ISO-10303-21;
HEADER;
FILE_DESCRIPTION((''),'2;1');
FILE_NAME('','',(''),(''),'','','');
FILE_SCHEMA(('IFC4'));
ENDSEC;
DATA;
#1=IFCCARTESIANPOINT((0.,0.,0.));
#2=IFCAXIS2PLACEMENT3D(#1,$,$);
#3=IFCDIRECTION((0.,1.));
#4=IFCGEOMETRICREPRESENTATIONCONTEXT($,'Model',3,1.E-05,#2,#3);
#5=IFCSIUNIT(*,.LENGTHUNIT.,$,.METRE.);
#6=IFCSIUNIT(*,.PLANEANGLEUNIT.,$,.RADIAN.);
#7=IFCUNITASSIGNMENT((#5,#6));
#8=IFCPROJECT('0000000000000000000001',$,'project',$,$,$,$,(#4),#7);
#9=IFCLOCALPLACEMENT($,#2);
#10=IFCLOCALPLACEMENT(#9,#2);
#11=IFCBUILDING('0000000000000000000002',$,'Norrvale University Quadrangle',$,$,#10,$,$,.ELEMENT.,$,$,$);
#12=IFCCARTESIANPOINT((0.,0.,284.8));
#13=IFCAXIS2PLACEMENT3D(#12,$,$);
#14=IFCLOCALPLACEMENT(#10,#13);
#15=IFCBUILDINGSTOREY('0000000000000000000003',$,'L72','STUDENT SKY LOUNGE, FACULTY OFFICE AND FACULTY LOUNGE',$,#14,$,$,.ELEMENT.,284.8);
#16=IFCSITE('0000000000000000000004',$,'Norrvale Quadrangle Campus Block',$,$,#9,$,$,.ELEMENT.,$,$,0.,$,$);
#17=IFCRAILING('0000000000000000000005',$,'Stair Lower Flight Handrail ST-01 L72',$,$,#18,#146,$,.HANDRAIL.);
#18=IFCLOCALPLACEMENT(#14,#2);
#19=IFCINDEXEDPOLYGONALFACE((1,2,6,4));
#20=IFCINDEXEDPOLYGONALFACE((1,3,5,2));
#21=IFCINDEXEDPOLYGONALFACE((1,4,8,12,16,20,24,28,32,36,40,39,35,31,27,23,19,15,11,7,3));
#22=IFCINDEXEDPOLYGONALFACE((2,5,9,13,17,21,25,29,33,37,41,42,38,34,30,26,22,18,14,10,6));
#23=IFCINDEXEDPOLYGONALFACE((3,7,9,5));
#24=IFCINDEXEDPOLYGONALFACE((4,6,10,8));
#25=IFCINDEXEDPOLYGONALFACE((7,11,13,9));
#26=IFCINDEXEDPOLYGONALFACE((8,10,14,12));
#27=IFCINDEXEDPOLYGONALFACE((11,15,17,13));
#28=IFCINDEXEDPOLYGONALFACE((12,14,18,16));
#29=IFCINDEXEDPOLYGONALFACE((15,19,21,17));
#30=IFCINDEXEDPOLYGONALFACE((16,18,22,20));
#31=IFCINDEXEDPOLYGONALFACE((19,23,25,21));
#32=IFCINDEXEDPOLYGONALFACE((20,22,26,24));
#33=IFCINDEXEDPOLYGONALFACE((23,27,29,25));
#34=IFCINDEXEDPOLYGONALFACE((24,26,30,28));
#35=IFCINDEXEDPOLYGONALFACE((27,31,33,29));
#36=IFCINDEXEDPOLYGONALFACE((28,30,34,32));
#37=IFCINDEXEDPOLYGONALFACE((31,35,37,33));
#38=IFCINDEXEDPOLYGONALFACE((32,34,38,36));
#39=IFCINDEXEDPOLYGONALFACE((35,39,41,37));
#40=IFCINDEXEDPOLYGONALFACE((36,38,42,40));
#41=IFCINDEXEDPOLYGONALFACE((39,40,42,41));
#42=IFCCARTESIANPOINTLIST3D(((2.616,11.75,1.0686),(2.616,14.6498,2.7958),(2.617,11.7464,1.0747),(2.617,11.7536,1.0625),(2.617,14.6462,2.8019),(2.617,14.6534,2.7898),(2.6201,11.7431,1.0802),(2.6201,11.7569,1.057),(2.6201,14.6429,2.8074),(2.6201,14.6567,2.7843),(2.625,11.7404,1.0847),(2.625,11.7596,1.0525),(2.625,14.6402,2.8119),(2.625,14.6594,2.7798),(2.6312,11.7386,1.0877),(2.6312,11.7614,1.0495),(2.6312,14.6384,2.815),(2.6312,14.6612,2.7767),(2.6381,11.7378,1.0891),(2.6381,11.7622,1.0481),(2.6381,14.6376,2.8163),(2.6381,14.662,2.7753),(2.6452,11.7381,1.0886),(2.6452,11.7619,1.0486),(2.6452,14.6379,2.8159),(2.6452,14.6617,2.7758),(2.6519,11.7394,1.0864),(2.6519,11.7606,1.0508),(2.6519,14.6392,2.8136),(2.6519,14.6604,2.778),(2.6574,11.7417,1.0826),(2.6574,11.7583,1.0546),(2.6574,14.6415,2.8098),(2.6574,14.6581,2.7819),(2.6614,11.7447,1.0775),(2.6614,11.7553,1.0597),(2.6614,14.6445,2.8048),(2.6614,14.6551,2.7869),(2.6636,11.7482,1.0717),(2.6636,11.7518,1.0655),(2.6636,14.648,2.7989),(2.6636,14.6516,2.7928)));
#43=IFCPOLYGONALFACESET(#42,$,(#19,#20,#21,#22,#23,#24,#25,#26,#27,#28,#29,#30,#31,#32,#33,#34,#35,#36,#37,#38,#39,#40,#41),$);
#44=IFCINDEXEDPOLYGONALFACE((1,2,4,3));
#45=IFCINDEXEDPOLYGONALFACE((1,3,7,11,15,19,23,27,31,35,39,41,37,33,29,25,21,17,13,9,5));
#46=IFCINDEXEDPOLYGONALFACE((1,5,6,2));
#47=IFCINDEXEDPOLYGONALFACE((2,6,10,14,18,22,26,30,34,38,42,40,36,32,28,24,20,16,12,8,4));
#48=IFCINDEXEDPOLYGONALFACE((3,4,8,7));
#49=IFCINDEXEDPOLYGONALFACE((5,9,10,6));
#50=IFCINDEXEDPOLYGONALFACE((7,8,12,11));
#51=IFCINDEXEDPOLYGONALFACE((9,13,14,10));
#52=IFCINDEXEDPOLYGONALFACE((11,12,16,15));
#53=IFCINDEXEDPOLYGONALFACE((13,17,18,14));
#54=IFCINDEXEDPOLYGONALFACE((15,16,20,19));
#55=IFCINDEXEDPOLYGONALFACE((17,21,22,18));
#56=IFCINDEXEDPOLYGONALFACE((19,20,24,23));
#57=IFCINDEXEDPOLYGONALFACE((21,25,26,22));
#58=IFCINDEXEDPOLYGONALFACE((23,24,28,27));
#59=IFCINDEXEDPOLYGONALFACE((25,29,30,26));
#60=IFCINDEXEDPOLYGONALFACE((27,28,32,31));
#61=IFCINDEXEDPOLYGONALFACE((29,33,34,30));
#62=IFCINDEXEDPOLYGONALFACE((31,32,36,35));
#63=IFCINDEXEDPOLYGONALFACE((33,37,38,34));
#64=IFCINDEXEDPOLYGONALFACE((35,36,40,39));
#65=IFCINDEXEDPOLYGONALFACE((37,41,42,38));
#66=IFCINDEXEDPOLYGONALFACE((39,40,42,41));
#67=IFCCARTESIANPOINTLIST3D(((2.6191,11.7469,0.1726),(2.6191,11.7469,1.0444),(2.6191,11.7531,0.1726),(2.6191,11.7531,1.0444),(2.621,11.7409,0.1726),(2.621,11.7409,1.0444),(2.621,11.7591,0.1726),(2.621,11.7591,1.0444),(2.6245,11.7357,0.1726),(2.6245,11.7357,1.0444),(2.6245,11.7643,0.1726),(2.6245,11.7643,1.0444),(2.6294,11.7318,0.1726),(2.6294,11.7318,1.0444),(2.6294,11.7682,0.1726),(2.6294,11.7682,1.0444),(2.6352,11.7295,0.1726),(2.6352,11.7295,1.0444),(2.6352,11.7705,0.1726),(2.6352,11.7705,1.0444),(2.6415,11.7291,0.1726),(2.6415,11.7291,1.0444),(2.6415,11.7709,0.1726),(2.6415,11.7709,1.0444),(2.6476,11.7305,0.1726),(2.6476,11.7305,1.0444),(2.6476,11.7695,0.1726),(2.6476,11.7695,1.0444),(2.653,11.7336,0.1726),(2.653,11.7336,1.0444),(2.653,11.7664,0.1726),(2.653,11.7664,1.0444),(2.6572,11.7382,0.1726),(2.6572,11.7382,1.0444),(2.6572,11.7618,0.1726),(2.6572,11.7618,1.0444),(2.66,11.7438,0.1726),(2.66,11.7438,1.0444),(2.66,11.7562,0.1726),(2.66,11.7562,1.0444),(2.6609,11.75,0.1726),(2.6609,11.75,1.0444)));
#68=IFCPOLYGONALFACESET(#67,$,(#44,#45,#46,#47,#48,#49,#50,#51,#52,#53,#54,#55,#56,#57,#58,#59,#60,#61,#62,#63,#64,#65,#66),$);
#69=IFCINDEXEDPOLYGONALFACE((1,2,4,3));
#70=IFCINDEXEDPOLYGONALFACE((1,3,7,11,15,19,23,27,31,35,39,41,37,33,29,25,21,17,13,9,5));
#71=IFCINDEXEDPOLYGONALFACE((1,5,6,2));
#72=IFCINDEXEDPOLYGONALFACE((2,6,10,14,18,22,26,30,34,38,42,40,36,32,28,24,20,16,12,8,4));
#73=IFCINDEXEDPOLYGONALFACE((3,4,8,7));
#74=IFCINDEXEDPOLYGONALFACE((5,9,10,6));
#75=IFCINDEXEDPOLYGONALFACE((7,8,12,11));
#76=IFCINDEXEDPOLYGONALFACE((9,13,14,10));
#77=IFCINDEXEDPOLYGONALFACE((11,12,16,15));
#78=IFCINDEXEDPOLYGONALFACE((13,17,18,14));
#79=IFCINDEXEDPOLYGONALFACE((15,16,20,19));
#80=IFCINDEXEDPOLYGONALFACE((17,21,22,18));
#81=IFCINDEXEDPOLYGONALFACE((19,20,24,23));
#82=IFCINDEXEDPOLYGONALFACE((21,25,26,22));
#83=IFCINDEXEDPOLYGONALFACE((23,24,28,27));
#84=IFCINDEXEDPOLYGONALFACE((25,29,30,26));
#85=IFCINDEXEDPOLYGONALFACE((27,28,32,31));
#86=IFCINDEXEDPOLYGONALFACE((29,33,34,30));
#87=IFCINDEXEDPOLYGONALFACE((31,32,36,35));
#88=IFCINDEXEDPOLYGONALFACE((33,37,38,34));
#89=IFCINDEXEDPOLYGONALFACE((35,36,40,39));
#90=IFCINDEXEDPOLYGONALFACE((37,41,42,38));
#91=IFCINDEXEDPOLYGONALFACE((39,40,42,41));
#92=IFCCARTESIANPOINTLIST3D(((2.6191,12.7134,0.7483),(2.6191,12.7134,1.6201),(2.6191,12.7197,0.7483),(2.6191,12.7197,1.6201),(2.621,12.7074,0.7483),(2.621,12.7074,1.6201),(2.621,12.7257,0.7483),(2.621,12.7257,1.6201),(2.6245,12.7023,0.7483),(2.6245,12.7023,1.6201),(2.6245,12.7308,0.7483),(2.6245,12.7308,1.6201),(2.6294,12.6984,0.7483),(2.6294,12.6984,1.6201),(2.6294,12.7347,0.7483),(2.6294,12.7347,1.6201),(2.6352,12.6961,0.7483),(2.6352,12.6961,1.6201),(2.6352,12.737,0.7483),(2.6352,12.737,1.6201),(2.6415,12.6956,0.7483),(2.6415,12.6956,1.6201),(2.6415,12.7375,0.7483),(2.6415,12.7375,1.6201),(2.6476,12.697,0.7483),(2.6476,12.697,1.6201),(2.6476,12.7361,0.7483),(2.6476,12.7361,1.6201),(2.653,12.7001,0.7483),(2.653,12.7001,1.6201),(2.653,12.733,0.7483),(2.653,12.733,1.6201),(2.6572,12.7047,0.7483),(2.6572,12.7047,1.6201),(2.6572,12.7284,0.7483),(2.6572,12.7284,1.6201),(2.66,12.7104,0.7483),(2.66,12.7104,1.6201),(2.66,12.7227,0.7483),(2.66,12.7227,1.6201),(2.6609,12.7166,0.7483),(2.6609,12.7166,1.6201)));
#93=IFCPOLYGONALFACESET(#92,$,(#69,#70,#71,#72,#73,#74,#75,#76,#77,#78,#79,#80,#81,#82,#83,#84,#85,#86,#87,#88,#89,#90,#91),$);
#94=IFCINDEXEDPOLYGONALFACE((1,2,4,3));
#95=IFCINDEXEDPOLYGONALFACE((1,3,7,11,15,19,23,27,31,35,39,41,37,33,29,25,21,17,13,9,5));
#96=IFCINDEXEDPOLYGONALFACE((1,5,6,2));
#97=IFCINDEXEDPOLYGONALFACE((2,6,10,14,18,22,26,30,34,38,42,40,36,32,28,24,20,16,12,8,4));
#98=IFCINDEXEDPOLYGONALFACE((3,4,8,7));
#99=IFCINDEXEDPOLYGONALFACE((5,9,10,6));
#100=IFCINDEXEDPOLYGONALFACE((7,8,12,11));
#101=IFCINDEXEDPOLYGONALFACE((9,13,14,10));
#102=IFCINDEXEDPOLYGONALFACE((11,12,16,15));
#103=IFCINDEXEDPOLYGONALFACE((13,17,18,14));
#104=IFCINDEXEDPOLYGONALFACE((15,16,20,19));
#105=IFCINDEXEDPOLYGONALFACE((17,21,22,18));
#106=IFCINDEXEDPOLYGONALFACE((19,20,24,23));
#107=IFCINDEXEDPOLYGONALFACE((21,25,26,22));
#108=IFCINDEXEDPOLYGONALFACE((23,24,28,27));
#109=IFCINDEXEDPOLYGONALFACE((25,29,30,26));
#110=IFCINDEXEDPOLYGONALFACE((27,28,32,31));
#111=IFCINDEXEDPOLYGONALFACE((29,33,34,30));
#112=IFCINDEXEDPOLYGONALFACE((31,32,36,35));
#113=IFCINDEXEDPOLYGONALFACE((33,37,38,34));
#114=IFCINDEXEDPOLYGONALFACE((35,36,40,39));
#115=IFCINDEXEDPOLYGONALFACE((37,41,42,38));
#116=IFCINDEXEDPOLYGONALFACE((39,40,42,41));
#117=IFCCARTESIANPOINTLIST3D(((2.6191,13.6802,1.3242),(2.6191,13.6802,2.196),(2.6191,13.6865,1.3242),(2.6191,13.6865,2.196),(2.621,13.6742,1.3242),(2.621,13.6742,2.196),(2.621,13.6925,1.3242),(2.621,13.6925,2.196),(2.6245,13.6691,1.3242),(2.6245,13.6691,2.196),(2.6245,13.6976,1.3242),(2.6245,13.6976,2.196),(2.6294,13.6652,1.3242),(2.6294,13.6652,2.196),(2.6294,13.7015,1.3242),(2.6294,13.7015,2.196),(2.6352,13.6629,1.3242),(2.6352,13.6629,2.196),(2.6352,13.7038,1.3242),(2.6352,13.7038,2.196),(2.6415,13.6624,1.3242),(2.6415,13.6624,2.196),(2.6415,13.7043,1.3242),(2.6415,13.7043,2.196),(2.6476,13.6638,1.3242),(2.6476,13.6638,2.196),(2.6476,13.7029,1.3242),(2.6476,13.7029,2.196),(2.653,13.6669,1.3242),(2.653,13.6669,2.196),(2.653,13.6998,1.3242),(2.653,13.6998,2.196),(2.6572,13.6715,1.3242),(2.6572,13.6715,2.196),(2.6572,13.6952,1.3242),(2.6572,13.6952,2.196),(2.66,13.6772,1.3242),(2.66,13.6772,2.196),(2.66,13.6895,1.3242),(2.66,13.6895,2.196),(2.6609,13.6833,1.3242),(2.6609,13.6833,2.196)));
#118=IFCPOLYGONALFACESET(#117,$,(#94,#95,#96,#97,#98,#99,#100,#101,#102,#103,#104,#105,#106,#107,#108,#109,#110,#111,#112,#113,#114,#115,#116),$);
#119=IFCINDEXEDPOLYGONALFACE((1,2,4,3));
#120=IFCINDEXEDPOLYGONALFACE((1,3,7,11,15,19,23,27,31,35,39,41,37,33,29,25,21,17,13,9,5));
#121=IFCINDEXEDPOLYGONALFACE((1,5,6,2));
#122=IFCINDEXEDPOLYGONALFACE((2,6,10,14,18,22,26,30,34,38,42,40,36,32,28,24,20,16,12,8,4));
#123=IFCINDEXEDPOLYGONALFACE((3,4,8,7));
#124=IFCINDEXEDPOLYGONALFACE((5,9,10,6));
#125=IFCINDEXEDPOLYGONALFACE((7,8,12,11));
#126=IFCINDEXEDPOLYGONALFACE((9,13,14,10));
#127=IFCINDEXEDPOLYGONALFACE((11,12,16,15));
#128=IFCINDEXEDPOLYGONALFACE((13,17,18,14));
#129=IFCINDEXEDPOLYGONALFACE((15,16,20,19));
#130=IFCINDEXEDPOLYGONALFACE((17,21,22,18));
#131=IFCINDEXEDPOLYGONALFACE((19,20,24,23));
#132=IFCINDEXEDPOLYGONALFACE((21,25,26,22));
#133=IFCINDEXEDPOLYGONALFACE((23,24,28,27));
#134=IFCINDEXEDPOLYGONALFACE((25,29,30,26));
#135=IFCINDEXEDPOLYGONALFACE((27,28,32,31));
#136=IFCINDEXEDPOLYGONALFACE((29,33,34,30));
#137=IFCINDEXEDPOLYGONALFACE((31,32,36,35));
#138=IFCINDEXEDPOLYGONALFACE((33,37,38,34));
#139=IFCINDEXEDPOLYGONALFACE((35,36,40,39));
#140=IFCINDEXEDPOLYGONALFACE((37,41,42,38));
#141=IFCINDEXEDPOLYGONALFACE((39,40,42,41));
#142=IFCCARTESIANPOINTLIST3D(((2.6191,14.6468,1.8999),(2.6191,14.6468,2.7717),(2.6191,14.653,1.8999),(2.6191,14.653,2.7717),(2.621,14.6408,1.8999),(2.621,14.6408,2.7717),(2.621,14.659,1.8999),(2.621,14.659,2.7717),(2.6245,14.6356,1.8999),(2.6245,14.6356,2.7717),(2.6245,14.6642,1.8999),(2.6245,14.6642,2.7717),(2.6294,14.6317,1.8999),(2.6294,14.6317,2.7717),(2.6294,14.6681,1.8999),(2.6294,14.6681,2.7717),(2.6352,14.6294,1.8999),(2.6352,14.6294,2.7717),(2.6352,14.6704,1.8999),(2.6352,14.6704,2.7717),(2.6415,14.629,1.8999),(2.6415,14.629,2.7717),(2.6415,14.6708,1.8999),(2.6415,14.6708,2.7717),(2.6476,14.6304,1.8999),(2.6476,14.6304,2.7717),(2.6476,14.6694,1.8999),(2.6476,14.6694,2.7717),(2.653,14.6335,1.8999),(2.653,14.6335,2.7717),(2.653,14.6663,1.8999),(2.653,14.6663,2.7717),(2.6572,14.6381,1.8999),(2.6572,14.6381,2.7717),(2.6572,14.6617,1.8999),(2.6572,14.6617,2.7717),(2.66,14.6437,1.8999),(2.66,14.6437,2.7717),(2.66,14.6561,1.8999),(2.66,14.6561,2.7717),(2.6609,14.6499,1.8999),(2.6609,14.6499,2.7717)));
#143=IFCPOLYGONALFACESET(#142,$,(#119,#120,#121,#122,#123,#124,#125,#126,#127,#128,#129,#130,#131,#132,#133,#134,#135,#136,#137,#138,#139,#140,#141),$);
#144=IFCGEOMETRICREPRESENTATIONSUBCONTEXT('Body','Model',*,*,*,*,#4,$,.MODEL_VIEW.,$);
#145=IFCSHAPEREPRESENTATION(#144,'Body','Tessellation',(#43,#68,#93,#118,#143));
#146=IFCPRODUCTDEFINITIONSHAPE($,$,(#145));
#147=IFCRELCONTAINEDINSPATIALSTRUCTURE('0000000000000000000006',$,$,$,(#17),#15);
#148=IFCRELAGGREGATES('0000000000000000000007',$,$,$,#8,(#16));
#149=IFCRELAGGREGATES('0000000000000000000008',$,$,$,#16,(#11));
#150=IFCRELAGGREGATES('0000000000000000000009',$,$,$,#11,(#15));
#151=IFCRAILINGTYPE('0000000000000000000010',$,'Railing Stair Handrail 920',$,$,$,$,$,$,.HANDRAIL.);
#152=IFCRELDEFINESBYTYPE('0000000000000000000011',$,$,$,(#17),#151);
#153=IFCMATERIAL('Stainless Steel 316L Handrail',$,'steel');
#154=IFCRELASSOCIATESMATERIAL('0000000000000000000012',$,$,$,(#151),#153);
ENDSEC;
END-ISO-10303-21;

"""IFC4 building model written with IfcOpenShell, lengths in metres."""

from ifc_helpers import new_model, si_unit, direction, frame, origin, origin_2d, place, context, subcontext, project, spatial, circle, extrude, material, type_object, element, save


model = new_model("IFC4")

# Units and contexts
model_context = context("Model", 3, precision=1e-05, world=origin(), true_north=direction((0.0, 1.0)))
body_context = subcontext(model_context, "Body", "Model", "MODEL_VIEW")
ifc_project = project(units=[si_unit("LENGTHUNIT", "METRE"), si_unit("PLANEANGLEUNIT", "RADIAN")], contexts=[model_context])

# Site, building, storey
site_placement = place(None, origin())
site = spatial("IfcSite", under=ifc_project, at=site_placement, Name="Norrvale Quadrangle Campus Block", CompositionType="ELEMENT", RefElevation=0.0)
building_placement = place(site_placement, origin())
building = spatial("IfcBuilding", under=site, at=building_placement, Name="Norrvale University Quadrangle", CompositionType="ELEMENT")
storey_placement = place(building_placement, frame((0.0, 0.0, 284.8)))
storey = spatial("IfcBuildingStorey", under=building, at=storey_placement, Name="L72", Description="STUDENT SKY LOUNGE, FACULTY OFFICE AND FACULTY LOUNGE", CompositionType="ELEMENT", Elevation=284.8)

# Railing
ifc_material_1 = material(Name="Stainless Steel 316L Handrail", Category="steel")
railing_type_1 = type_object("IfcRailingType", Name="Railing Stair Handrail 920", PredefinedType="HANDRAIL", material=ifc_material_1)
railing_1_placement = place(storey_placement, frame((2.6399, 11.75, 0.1726)))
element("IfcRailing", 1, at=railing_1_placement, inside=storey, type_object=railing_type_1, Name="Stair Lower Flight Handrail ST-01 L72", PredefinedType="HANDRAIL", context=body_context, shape_type="SweptSolid", body=[
    extrude(circle(Radius=0.0239, at=origin_2d()), frame((0.0, 0.0, 0.896), z_axis=(0.0, 0.859141, 0.511738), x_axis=(-1.0, 0.0, 0.0)), (0.0, 0.0, 1.0), 3.3752),
    extrude(circle(Radius=0.021, at=origin_2d()), origin(), (0.0, 0.0, 1.0), 0.8718),
    extrude(circle(Radius=0.021, at=origin_2d()), frame((0.0, 0.9666, 0.5757)), (0.0, 0.0, 1.0), 0.8718),
    extrude(circle(Radius=0.021, at=origin_2d()), frame((0.0, 1.9333, 1.1516)), (0.0, 0.0, 1.0), 0.8718),
    extrude(circle(Radius=0.021, at=origin_2d()), frame((0.0, 2.8999, 1.7273)), (0.0, 0.0, 1.0), 0.8718),
])

save(model, "model.ifc")
